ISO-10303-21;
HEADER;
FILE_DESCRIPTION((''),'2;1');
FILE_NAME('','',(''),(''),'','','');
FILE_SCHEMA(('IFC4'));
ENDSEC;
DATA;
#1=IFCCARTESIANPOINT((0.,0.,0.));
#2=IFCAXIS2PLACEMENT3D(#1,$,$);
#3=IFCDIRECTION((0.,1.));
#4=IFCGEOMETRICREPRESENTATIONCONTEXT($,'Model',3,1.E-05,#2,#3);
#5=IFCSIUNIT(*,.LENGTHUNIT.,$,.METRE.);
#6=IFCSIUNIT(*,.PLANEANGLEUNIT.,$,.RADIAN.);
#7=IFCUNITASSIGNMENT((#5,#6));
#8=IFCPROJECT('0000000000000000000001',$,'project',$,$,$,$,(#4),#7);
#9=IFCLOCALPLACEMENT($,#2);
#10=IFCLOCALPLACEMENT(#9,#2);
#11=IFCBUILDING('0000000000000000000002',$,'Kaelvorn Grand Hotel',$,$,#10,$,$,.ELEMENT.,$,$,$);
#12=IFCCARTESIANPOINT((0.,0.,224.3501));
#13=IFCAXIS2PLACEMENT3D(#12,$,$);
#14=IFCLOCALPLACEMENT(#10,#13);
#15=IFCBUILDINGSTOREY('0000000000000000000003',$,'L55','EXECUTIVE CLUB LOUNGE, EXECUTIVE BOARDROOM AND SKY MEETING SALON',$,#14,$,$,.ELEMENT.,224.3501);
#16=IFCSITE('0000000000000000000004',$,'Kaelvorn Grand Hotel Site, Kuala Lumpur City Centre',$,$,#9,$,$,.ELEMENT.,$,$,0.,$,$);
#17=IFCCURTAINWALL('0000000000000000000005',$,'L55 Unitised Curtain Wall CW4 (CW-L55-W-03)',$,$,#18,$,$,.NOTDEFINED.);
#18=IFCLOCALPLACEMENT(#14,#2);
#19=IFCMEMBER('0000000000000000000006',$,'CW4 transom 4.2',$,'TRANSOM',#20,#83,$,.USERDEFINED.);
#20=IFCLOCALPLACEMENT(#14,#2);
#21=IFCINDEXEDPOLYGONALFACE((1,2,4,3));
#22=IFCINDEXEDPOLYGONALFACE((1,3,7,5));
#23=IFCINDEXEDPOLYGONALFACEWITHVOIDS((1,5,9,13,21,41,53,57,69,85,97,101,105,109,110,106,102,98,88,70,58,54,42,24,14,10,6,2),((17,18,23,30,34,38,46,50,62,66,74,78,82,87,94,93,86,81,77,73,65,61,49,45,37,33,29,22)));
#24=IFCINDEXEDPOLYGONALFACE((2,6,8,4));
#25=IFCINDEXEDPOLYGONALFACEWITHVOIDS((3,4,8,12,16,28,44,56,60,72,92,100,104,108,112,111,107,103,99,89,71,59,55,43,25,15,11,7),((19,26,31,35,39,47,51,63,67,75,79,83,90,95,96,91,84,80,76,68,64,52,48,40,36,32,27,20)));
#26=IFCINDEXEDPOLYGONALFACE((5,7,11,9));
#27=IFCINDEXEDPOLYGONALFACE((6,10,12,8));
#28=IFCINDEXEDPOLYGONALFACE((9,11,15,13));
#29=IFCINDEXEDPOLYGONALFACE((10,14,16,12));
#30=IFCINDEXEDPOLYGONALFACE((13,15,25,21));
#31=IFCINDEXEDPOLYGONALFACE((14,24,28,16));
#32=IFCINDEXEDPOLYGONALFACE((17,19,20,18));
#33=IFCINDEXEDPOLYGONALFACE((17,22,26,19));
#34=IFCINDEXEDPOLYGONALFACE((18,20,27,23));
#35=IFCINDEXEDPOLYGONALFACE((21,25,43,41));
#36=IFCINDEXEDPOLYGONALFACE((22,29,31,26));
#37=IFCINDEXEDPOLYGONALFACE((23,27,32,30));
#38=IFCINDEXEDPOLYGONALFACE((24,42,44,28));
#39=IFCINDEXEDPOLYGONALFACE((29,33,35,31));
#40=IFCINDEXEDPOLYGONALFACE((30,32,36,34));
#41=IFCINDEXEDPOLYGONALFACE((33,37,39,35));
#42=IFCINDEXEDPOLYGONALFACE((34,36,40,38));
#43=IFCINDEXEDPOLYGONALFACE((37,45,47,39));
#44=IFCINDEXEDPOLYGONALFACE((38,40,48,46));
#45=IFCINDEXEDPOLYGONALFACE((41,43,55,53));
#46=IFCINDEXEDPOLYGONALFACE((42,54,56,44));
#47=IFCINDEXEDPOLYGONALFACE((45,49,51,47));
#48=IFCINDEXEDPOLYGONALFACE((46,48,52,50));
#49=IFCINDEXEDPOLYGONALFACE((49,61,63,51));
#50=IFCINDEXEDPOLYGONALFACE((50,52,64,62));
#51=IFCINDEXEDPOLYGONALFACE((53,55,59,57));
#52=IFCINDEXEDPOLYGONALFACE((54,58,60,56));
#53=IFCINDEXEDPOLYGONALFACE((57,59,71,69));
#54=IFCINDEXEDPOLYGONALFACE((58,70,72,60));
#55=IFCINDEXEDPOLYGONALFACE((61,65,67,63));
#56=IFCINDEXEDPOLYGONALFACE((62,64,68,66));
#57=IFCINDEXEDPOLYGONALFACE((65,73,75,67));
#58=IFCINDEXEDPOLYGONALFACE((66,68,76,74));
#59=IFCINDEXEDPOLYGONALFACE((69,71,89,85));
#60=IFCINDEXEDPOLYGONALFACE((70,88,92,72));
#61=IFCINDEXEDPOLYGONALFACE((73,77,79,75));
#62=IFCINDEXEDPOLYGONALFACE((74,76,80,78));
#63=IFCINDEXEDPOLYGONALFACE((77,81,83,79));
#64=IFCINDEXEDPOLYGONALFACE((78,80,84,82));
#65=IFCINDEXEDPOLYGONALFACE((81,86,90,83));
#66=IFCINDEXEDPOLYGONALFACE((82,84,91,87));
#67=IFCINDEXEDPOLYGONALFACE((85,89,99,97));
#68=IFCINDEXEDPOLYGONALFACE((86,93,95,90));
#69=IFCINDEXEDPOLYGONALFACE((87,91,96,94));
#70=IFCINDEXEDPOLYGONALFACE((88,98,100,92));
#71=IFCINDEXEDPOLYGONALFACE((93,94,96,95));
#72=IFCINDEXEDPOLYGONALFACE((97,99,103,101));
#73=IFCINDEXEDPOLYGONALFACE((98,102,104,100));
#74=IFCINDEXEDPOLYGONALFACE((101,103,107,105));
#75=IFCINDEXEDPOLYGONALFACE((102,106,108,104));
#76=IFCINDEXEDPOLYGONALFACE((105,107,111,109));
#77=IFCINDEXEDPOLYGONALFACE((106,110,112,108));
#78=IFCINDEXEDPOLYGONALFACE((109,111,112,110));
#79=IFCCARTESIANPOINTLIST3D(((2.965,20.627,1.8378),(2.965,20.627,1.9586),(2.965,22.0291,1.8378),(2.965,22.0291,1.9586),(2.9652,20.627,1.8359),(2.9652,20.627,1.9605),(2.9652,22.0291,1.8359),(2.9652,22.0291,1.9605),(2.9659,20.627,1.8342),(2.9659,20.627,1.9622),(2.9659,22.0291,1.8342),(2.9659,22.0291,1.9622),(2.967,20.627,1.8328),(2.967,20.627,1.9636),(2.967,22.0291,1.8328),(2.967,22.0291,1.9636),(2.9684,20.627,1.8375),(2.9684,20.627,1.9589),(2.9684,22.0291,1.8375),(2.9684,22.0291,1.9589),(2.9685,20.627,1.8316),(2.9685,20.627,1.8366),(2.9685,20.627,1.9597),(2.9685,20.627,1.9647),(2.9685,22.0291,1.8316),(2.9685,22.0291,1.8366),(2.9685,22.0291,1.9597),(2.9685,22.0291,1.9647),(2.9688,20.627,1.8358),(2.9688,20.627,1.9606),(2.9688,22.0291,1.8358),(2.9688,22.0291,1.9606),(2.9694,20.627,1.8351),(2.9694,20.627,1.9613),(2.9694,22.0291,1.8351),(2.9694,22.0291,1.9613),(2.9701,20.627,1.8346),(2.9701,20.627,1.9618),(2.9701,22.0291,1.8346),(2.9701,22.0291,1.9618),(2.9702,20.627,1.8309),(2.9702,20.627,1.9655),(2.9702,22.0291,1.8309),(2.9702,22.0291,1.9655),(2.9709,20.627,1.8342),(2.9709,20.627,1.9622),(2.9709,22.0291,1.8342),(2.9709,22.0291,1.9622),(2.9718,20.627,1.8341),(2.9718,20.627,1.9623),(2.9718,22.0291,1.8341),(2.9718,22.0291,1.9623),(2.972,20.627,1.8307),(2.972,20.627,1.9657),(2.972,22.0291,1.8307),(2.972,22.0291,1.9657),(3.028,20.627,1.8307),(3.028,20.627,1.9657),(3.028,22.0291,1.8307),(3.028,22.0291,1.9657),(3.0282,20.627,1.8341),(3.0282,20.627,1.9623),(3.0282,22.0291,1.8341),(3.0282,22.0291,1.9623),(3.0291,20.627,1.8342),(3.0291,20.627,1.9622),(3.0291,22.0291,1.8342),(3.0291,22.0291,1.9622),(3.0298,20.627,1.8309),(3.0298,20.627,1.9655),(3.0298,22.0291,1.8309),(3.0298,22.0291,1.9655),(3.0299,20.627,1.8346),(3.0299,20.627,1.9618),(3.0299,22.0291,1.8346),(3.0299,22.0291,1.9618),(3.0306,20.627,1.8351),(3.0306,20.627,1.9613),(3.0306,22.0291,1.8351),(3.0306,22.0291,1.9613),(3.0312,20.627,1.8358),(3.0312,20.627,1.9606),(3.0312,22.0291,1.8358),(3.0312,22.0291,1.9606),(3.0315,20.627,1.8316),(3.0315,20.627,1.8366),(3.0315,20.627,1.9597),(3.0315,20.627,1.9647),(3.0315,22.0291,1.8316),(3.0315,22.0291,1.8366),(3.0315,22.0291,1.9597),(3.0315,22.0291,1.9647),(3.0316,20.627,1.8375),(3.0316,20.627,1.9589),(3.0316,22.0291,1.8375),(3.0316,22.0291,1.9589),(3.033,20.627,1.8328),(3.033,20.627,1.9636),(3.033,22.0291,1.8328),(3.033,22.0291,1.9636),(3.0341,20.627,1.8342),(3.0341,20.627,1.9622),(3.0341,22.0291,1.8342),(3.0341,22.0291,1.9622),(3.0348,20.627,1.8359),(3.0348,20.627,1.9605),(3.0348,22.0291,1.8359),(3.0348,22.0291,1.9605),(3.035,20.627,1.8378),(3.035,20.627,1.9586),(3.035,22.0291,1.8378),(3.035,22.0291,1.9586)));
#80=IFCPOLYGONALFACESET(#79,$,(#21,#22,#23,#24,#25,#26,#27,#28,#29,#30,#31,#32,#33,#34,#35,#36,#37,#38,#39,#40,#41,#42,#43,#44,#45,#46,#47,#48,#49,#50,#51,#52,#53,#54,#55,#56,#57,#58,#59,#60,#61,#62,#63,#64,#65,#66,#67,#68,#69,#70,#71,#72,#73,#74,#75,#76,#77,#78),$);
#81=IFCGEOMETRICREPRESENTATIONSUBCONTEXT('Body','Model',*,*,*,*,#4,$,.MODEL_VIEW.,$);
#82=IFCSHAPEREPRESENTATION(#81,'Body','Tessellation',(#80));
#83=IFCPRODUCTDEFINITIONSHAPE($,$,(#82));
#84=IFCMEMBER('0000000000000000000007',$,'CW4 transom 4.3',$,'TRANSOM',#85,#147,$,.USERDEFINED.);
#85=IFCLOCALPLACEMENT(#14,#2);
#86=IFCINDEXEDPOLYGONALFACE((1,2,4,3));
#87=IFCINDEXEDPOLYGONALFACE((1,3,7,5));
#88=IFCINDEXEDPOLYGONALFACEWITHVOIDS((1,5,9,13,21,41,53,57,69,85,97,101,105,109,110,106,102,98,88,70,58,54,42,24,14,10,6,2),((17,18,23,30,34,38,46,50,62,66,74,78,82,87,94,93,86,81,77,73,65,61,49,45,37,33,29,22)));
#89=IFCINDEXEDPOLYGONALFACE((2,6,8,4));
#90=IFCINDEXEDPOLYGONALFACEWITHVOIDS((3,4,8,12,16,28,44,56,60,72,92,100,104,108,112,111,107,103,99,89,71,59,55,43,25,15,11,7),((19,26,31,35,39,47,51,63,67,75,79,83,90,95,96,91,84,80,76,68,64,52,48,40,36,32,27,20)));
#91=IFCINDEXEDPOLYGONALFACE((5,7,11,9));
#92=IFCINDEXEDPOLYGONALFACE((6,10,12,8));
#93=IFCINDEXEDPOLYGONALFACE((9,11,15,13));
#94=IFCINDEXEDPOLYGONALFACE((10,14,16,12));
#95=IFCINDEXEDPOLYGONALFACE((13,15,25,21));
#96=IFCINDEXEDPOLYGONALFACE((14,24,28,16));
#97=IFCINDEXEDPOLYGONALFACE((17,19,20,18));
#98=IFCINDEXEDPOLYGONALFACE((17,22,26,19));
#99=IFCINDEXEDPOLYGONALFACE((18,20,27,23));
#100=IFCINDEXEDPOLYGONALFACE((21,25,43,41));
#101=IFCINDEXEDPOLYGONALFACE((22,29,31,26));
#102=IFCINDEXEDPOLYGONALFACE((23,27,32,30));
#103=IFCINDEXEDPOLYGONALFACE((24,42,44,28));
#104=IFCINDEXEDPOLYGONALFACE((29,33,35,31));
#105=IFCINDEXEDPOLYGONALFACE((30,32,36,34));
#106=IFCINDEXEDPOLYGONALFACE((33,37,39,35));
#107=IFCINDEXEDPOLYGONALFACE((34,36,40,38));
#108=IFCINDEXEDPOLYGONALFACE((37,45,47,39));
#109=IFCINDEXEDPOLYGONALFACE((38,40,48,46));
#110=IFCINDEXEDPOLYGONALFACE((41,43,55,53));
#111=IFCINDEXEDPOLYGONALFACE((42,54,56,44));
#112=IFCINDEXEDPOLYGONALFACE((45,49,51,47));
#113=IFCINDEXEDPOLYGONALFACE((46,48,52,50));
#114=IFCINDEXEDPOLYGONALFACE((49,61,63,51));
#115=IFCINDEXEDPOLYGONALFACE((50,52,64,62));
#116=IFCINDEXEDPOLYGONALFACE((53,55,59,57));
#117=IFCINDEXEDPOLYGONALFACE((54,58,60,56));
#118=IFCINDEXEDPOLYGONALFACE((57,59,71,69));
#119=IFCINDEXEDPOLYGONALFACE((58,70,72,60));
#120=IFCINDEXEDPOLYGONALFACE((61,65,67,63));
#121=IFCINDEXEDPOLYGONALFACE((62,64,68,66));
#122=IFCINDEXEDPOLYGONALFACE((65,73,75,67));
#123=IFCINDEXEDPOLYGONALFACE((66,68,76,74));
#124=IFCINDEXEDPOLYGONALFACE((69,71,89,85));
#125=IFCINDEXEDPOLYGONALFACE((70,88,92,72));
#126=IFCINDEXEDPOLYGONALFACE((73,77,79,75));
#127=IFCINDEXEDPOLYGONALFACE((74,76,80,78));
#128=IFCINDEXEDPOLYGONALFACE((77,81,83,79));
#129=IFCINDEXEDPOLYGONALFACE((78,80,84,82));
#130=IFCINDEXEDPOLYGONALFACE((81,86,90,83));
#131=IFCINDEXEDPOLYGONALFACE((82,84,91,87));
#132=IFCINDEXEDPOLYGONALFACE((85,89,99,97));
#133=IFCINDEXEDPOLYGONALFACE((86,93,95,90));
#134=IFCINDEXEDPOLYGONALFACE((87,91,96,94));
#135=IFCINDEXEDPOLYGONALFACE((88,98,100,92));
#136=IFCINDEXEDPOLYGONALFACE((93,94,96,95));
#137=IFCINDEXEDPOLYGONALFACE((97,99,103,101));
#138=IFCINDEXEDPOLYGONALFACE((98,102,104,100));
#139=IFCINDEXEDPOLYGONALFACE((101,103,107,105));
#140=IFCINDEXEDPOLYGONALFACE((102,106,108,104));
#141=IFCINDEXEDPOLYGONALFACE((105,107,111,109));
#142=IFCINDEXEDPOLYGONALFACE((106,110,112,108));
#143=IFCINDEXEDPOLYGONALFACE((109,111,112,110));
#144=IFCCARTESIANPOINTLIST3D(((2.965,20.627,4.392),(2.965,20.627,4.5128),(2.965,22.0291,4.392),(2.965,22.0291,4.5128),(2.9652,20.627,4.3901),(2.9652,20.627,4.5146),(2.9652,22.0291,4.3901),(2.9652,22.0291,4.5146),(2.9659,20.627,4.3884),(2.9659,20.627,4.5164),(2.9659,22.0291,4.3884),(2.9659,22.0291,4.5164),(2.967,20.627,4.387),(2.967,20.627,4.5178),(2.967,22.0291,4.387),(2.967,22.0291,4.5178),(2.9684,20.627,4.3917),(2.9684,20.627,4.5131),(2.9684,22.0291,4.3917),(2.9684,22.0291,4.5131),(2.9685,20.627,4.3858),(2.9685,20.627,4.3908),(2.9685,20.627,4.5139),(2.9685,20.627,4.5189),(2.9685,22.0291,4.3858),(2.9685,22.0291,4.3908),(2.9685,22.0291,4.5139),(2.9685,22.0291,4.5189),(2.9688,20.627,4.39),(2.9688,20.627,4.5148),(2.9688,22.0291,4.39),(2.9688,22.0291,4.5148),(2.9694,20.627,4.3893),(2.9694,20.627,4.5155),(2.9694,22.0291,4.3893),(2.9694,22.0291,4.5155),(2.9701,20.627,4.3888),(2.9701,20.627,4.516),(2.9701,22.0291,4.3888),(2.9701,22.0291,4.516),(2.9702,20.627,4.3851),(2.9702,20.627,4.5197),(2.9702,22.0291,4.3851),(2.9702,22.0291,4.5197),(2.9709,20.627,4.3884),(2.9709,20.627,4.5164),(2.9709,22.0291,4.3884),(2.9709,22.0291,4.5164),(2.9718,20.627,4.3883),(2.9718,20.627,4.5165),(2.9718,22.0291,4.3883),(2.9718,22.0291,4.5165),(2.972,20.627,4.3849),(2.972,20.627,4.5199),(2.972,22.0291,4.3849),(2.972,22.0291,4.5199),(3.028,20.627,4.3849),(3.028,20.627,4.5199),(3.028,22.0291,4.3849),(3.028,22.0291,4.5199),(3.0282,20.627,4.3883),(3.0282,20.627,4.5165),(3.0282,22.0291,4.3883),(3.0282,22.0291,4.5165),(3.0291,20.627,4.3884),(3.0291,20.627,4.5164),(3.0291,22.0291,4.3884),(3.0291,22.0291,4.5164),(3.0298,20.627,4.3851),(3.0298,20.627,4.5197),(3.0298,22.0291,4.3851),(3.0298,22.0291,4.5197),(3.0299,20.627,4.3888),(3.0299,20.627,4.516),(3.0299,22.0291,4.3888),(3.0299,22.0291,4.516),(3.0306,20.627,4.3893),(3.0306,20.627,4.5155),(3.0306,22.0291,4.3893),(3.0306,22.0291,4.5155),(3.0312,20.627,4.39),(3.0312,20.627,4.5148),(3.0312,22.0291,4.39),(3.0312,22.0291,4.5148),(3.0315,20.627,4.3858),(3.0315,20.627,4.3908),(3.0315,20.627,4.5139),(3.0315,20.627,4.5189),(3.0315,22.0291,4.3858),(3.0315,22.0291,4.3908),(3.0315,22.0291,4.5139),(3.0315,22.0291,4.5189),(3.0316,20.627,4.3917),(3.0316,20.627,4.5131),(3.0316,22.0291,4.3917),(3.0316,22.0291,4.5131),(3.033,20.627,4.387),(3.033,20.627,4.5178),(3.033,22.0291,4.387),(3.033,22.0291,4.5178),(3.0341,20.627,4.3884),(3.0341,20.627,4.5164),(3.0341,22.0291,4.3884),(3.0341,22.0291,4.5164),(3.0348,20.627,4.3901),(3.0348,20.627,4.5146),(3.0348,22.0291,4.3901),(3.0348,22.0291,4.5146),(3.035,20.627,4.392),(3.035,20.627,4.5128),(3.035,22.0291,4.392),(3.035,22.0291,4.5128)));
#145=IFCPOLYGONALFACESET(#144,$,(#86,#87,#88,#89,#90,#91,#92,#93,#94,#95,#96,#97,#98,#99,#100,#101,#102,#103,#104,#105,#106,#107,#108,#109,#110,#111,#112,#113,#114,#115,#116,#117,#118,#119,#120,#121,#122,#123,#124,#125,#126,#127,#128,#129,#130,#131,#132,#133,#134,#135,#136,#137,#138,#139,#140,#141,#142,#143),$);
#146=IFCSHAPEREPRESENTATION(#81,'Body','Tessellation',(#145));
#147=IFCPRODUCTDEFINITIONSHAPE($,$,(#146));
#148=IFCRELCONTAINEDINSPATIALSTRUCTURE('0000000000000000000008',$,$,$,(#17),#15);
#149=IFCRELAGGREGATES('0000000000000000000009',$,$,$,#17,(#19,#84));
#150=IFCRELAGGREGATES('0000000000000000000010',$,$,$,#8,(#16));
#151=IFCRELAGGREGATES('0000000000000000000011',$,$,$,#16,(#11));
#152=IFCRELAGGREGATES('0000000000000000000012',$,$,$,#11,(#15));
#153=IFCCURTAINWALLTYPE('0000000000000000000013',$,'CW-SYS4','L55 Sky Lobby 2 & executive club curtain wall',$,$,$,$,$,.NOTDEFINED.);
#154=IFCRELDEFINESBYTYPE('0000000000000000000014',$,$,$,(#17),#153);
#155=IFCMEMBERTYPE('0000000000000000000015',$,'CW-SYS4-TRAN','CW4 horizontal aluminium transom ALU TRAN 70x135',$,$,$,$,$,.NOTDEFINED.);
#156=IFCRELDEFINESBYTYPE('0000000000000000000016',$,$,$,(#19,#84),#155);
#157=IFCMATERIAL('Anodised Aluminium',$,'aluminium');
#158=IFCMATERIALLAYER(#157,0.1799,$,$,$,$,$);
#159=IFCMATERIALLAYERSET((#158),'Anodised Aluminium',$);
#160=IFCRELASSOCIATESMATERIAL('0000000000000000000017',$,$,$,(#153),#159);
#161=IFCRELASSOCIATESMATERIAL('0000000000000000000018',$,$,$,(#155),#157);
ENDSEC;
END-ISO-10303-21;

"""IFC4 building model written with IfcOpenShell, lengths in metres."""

from ifc_helpers import new_model, si_unit, direction, frame, origin, origin_2d, place, context, subcontext, project, spatial, hollow_rectangle, extrude, material, layer, layer_set, material_profile, profile_set, type_object, element, aggregate, save


model = new_model("IFC4")

# Units and contexts
model_context = context("Model", 3, precision=1e-05, world=origin(), true_north=direction((0.0, 1.0)))
body_context = subcontext(model_context, "Body", "Model", "MODEL_VIEW")
ifc_project = project(units=[si_unit("LENGTHUNIT", "METRE"), si_unit("PLANEANGLEUNIT", "RADIAN")], contexts=[model_context])

# Site, building, storey
site_placement = place(None, origin())
site = spatial("IfcSite", under=ifc_project, at=site_placement, Name="Kaelvorn Grand Hotel Site, Kuala Lumpur City Centre", CompositionType="ELEMENT", RefElevation=0.0)
building_placement = place(site_placement, origin())
building = spatial("IfcBuilding", under=site, at=building_placement, Name="Kaelvorn Grand Hotel", CompositionType="ELEMENT")
storey_placement = place(building_placement, frame((0.0, 0.0, 224.3501)))
storey = spatial("IfcBuildingStorey", under=building, at=storey_placement, Name="L55", Description="EXECUTIVE CLUB LOUNGE, EXECUTIVE BOARDROOM AND SKY MEETING SALON", CompositionType="ELEMENT", Elevation=224.3501)

# Curtain wall
ifc_material_1 = material(Name="Anodised Aluminium", Category="aluminium")
ifc_layer_1 = layer(ifc_material_1, 0.1799)
ifc_layer_set_1 = layer_set([ifc_layer_1], Name="Anodised Aluminium")
curtain_wall_type = type_object("IfcCurtainWallType", Name="CW-SYS4", Description="L55 Sky Lobby 2 & executive club curtain wall", PredefinedType="NOTDEFINED", material=ifc_layer_set_1)
curtain_wall_1_placement = place(storey_placement, origin())
curtain_wall_1 = element("IfcCurtainWall", 1, at=curtain_wall_1_placement, inside=storey, type_object=curtain_wall_type, Name="L55 Unitised Curtain Wall CW4 (CW-L55-W-03)", PredefinedType="NOTDEFINED")

# Members
ifc_material_profile_1 = material_profile(ifc_material_1, hollow_rectangle(XDim=0.0701, YDim=0.135, WallThickness=0.0034, InnerFilletRadius=0.0034, OuterFilletRadius=0.0071, at=origin_2d()), Name="ALU TRAN 70x135")
ifc_profile_set_1 = profile_set([ifc_material_profile_1], Name="Anodised Aluminium")
member_type_1 = type_object("IfcMemberType", Name="CW-SYS4-TRAN", Description="CW4 horizontal aluminium transom ALU TRAN 70x135", PredefinedType="NOTDEFINED", material=ifc_profile_set_1)
member_1_placement = place(storey_placement, frame((3.0, 22.0291, 1.8982), z_axis=(0.0, -1.0, 0.0), x_axis=(1.0, 0.0, 0.0)))
member_1 = element("IfcMember", 2, at=member_1_placement, type_object=member_type_1, Name="CW4 transom 4.2", ObjectType="TRANSOM", PredefinedType="USERDEFINED", context=body_context, shape_type="SweptSolid", body=[
    extrude(hollow_rectangle(XDim=0.0701, YDim=0.135, WallThickness=0.0034, InnerFilletRadius=0.0034, OuterFilletRadius=0.0071, at=origin_2d()), origin(), (0.0, 0.0, 1.0), 1.4021),
])
member_2_placement = place(storey_placement, frame((3.0, 22.0291, 4.4524), z_axis=(0.0, -1.0, 0.0), x_axis=(1.0, 0.0, 0.0)))
member_2 = element("IfcMember", 3, at=member_2_placement, type_object=member_type_1, Name="CW4 transom 4.3", ObjectType="TRANSOM", PredefinedType="USERDEFINED", context=body_context, shape_type="SweptSolid", body=[
    extrude(hollow_rectangle(XDim=0.0701, YDim=0.135, WallThickness=0.0034, InnerFilletRadius=0.0034, OuterFilletRadius=0.0071, at=origin_2d()), origin(), (0.0, 0.0, 1.0), 1.4021),
])

aggregate(curtain_wall_1, [member_1, member_2])

save(model, "model.ifc")
